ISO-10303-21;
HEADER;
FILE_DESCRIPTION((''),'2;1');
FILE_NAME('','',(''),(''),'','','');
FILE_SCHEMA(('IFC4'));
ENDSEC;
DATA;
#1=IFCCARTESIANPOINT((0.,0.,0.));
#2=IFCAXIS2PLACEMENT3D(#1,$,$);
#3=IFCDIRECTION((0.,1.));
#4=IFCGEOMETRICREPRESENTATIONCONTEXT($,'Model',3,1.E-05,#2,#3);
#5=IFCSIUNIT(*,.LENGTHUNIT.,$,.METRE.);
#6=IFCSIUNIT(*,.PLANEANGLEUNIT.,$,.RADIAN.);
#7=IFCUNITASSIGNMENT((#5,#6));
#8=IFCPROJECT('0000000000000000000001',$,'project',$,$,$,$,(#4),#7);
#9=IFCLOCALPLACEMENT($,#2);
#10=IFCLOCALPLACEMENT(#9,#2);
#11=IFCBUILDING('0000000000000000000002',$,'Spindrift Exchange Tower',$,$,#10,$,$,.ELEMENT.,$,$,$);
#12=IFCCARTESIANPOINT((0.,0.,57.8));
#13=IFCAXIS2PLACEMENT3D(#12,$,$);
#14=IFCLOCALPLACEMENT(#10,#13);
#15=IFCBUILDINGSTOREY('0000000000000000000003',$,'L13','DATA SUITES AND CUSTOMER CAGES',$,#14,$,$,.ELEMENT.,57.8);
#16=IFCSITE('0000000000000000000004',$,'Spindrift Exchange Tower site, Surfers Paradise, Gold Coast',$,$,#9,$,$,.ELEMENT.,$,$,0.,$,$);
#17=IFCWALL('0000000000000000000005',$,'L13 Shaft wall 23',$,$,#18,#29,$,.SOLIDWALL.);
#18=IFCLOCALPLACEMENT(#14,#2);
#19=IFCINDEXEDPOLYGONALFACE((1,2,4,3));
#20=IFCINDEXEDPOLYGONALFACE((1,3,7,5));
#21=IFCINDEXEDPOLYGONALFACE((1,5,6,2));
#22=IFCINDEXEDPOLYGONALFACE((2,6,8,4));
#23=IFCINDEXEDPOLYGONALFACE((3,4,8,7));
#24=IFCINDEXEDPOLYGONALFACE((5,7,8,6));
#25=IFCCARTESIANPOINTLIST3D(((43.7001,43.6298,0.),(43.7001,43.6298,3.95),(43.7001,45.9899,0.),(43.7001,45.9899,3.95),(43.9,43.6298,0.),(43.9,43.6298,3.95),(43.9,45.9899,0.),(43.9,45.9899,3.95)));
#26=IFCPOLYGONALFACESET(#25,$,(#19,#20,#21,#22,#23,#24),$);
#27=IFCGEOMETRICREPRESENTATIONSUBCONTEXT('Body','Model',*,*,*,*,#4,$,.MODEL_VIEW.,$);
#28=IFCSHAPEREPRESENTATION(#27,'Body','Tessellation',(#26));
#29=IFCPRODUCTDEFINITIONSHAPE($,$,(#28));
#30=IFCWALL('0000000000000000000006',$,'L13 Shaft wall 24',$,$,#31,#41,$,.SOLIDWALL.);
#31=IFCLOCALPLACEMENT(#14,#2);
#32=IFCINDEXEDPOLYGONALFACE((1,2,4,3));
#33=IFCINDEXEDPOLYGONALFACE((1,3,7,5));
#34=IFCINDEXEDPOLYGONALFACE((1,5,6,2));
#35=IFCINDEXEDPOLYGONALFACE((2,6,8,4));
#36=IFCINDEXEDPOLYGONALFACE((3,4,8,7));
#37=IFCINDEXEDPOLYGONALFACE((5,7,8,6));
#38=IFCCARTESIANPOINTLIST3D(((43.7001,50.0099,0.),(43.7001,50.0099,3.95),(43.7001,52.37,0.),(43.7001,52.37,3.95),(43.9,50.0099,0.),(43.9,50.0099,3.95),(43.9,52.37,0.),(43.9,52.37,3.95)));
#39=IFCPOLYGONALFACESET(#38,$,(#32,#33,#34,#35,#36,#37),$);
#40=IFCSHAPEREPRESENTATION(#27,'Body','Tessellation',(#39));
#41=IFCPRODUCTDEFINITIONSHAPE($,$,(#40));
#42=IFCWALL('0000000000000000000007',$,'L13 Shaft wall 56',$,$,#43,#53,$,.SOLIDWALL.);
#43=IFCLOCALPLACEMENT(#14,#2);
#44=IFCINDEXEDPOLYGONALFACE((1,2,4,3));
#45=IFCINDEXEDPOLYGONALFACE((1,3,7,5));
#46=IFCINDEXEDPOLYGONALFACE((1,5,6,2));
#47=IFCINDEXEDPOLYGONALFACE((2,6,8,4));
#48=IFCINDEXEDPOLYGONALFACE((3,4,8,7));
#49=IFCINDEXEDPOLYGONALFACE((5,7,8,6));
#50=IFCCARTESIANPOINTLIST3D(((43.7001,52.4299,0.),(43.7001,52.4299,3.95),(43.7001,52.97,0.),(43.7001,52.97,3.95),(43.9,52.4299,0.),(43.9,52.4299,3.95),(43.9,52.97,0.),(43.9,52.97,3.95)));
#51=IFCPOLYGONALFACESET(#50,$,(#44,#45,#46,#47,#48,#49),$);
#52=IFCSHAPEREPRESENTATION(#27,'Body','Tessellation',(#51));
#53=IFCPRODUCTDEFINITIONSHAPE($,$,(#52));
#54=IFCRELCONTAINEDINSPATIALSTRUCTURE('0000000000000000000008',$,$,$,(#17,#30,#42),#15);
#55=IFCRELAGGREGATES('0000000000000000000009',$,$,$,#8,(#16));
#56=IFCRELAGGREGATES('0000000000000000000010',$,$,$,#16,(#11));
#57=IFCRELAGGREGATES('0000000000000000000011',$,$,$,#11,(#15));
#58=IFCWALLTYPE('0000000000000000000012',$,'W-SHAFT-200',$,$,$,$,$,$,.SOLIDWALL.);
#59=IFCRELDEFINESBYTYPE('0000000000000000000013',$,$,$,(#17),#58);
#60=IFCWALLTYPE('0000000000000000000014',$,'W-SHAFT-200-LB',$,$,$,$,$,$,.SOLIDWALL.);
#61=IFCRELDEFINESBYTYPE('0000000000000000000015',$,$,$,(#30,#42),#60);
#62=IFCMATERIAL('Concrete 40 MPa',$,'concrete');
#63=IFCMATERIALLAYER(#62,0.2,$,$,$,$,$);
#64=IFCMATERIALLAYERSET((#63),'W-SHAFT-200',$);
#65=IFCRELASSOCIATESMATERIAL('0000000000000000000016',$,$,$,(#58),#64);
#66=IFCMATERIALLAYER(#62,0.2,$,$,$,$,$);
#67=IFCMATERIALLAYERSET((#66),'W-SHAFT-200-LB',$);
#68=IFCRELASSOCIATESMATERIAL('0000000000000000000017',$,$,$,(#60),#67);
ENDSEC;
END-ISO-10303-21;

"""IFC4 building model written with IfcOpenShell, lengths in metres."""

from ifc_helpers import new_model, si_unit, direction, frame, frame_2d, origin, place, context, subcontext, project, spatial, rectangle, extrude, material, layer, layer_set, type_object, element, save


model = new_model("IFC4")

# Units and contexts
model_context = context("Model", 3, precision=1e-05, world=origin(), true_north=direction((0.0, 1.0)))
body_context = subcontext(model_context, "Body", "Model", "MODEL_VIEW")
ifc_project = project(units=[si_unit("LENGTHUNIT", "METRE"), si_unit("PLANEANGLEUNIT", "RADIAN")], contexts=[model_context])

# Site, building, storey
site_placement = place(None, origin())
site = spatial("IfcSite", under=ifc_project, at=site_placement, Name="Spindrift Exchange Tower site, Surfers Paradise, Gold Coast", CompositionType="ELEMENT", RefElevation=0.0)
building_placement = place(site_placement, origin())
building = spatial("IfcBuilding", under=site, at=building_placement, Name="Spindrift Exchange Tower", CompositionType="ELEMENT")
storey_placement = place(building_placement, frame((0.0, 0.0, 57.8)))
storey = spatial("IfcBuildingStorey", under=building, at=storey_placement, Name="L13", Description="DATA SUITES AND CUSTOMER CAGES", CompositionType="ELEMENT", Elevation=57.8)

# Walls
ifc_material_1 = material(Name="Concrete 40 MPa", Category="concrete")
ifc_layer_1 = layer(ifc_material_1, 0.2)
ifc_layer_set_1 = layer_set([ifc_layer_1], Name="W-SHAFT-200")
wall_type_1 = type_object("IfcWallType", Name="W-SHAFT-200", PredefinedType="SOLIDWALL", material=ifc_layer_set_1)
wall_1_placement = place(storey_placement, frame((43.8, 45.99, 0.0), z_axis=(0.0, 0.0, 1.0), x_axis=(0.0, -1.0, 0.0)))
element("IfcWall", 1, at=wall_1_placement, inside=storey, type_object=wall_type_1, Name="L13 Shaft wall 23", PredefinedType="SOLIDWALL", context=body_context, shape_type="SweptSolid", body=[
    extrude(rectangle(XDim=2.3601, YDim=0.2, at=frame_2d((1.1802, 0.0))), origin(), (0.0, 0.0, 1.0), 3.95),
])
ifc_layer_2 = layer(ifc_material_1, 0.2)
ifc_layer_set_2 = layer_set([ifc_layer_2], Name="W-SHAFT-200-LB")
wall_type_2 = type_object("IfcWallType", Name="W-SHAFT-200-LB", PredefinedType="SOLIDWALL", material=ifc_layer_set_2)
wall_2_placement = place(storey_placement, frame((43.8, 52.3701, 0.0), z_axis=(0.0, 0.0, 1.0), x_axis=(0.0, -1.0, 0.0)))
element("IfcWall", 2, at=wall_2_placement, inside=storey, type_object=wall_type_2, Name="L13 Shaft wall 24", PredefinedType="SOLIDWALL", context=body_context, shape_type="SweptSolid", body=[
    extrude(rectangle(XDim=2.3601, YDim=0.2, at=frame_2d((1.1802, 0.0))), origin(), (0.0, 0.0, 1.0), 3.95),
])
wall_3_placement = place(storey_placement, frame((43.8, 52.4299, 0.0), z_axis=(0.0, 0.0, 1.0), x_axis=(0.0, 1.0, 0.0)))
element("IfcWall", 3, at=wall_3_placement, inside=storey, type_object=wall_type_2, Name="L13 Shaft wall 56", PredefinedType="SOLIDWALL", context=body_context, shape_type="SweptSolid", body=[
    extrude(rectangle(XDim=0.54, YDim=0.2, at=frame_2d((0.27, 0.0))), origin(), (0.0, 0.0, 1.0), 3.95),
])

save(model, "model.ifc")
